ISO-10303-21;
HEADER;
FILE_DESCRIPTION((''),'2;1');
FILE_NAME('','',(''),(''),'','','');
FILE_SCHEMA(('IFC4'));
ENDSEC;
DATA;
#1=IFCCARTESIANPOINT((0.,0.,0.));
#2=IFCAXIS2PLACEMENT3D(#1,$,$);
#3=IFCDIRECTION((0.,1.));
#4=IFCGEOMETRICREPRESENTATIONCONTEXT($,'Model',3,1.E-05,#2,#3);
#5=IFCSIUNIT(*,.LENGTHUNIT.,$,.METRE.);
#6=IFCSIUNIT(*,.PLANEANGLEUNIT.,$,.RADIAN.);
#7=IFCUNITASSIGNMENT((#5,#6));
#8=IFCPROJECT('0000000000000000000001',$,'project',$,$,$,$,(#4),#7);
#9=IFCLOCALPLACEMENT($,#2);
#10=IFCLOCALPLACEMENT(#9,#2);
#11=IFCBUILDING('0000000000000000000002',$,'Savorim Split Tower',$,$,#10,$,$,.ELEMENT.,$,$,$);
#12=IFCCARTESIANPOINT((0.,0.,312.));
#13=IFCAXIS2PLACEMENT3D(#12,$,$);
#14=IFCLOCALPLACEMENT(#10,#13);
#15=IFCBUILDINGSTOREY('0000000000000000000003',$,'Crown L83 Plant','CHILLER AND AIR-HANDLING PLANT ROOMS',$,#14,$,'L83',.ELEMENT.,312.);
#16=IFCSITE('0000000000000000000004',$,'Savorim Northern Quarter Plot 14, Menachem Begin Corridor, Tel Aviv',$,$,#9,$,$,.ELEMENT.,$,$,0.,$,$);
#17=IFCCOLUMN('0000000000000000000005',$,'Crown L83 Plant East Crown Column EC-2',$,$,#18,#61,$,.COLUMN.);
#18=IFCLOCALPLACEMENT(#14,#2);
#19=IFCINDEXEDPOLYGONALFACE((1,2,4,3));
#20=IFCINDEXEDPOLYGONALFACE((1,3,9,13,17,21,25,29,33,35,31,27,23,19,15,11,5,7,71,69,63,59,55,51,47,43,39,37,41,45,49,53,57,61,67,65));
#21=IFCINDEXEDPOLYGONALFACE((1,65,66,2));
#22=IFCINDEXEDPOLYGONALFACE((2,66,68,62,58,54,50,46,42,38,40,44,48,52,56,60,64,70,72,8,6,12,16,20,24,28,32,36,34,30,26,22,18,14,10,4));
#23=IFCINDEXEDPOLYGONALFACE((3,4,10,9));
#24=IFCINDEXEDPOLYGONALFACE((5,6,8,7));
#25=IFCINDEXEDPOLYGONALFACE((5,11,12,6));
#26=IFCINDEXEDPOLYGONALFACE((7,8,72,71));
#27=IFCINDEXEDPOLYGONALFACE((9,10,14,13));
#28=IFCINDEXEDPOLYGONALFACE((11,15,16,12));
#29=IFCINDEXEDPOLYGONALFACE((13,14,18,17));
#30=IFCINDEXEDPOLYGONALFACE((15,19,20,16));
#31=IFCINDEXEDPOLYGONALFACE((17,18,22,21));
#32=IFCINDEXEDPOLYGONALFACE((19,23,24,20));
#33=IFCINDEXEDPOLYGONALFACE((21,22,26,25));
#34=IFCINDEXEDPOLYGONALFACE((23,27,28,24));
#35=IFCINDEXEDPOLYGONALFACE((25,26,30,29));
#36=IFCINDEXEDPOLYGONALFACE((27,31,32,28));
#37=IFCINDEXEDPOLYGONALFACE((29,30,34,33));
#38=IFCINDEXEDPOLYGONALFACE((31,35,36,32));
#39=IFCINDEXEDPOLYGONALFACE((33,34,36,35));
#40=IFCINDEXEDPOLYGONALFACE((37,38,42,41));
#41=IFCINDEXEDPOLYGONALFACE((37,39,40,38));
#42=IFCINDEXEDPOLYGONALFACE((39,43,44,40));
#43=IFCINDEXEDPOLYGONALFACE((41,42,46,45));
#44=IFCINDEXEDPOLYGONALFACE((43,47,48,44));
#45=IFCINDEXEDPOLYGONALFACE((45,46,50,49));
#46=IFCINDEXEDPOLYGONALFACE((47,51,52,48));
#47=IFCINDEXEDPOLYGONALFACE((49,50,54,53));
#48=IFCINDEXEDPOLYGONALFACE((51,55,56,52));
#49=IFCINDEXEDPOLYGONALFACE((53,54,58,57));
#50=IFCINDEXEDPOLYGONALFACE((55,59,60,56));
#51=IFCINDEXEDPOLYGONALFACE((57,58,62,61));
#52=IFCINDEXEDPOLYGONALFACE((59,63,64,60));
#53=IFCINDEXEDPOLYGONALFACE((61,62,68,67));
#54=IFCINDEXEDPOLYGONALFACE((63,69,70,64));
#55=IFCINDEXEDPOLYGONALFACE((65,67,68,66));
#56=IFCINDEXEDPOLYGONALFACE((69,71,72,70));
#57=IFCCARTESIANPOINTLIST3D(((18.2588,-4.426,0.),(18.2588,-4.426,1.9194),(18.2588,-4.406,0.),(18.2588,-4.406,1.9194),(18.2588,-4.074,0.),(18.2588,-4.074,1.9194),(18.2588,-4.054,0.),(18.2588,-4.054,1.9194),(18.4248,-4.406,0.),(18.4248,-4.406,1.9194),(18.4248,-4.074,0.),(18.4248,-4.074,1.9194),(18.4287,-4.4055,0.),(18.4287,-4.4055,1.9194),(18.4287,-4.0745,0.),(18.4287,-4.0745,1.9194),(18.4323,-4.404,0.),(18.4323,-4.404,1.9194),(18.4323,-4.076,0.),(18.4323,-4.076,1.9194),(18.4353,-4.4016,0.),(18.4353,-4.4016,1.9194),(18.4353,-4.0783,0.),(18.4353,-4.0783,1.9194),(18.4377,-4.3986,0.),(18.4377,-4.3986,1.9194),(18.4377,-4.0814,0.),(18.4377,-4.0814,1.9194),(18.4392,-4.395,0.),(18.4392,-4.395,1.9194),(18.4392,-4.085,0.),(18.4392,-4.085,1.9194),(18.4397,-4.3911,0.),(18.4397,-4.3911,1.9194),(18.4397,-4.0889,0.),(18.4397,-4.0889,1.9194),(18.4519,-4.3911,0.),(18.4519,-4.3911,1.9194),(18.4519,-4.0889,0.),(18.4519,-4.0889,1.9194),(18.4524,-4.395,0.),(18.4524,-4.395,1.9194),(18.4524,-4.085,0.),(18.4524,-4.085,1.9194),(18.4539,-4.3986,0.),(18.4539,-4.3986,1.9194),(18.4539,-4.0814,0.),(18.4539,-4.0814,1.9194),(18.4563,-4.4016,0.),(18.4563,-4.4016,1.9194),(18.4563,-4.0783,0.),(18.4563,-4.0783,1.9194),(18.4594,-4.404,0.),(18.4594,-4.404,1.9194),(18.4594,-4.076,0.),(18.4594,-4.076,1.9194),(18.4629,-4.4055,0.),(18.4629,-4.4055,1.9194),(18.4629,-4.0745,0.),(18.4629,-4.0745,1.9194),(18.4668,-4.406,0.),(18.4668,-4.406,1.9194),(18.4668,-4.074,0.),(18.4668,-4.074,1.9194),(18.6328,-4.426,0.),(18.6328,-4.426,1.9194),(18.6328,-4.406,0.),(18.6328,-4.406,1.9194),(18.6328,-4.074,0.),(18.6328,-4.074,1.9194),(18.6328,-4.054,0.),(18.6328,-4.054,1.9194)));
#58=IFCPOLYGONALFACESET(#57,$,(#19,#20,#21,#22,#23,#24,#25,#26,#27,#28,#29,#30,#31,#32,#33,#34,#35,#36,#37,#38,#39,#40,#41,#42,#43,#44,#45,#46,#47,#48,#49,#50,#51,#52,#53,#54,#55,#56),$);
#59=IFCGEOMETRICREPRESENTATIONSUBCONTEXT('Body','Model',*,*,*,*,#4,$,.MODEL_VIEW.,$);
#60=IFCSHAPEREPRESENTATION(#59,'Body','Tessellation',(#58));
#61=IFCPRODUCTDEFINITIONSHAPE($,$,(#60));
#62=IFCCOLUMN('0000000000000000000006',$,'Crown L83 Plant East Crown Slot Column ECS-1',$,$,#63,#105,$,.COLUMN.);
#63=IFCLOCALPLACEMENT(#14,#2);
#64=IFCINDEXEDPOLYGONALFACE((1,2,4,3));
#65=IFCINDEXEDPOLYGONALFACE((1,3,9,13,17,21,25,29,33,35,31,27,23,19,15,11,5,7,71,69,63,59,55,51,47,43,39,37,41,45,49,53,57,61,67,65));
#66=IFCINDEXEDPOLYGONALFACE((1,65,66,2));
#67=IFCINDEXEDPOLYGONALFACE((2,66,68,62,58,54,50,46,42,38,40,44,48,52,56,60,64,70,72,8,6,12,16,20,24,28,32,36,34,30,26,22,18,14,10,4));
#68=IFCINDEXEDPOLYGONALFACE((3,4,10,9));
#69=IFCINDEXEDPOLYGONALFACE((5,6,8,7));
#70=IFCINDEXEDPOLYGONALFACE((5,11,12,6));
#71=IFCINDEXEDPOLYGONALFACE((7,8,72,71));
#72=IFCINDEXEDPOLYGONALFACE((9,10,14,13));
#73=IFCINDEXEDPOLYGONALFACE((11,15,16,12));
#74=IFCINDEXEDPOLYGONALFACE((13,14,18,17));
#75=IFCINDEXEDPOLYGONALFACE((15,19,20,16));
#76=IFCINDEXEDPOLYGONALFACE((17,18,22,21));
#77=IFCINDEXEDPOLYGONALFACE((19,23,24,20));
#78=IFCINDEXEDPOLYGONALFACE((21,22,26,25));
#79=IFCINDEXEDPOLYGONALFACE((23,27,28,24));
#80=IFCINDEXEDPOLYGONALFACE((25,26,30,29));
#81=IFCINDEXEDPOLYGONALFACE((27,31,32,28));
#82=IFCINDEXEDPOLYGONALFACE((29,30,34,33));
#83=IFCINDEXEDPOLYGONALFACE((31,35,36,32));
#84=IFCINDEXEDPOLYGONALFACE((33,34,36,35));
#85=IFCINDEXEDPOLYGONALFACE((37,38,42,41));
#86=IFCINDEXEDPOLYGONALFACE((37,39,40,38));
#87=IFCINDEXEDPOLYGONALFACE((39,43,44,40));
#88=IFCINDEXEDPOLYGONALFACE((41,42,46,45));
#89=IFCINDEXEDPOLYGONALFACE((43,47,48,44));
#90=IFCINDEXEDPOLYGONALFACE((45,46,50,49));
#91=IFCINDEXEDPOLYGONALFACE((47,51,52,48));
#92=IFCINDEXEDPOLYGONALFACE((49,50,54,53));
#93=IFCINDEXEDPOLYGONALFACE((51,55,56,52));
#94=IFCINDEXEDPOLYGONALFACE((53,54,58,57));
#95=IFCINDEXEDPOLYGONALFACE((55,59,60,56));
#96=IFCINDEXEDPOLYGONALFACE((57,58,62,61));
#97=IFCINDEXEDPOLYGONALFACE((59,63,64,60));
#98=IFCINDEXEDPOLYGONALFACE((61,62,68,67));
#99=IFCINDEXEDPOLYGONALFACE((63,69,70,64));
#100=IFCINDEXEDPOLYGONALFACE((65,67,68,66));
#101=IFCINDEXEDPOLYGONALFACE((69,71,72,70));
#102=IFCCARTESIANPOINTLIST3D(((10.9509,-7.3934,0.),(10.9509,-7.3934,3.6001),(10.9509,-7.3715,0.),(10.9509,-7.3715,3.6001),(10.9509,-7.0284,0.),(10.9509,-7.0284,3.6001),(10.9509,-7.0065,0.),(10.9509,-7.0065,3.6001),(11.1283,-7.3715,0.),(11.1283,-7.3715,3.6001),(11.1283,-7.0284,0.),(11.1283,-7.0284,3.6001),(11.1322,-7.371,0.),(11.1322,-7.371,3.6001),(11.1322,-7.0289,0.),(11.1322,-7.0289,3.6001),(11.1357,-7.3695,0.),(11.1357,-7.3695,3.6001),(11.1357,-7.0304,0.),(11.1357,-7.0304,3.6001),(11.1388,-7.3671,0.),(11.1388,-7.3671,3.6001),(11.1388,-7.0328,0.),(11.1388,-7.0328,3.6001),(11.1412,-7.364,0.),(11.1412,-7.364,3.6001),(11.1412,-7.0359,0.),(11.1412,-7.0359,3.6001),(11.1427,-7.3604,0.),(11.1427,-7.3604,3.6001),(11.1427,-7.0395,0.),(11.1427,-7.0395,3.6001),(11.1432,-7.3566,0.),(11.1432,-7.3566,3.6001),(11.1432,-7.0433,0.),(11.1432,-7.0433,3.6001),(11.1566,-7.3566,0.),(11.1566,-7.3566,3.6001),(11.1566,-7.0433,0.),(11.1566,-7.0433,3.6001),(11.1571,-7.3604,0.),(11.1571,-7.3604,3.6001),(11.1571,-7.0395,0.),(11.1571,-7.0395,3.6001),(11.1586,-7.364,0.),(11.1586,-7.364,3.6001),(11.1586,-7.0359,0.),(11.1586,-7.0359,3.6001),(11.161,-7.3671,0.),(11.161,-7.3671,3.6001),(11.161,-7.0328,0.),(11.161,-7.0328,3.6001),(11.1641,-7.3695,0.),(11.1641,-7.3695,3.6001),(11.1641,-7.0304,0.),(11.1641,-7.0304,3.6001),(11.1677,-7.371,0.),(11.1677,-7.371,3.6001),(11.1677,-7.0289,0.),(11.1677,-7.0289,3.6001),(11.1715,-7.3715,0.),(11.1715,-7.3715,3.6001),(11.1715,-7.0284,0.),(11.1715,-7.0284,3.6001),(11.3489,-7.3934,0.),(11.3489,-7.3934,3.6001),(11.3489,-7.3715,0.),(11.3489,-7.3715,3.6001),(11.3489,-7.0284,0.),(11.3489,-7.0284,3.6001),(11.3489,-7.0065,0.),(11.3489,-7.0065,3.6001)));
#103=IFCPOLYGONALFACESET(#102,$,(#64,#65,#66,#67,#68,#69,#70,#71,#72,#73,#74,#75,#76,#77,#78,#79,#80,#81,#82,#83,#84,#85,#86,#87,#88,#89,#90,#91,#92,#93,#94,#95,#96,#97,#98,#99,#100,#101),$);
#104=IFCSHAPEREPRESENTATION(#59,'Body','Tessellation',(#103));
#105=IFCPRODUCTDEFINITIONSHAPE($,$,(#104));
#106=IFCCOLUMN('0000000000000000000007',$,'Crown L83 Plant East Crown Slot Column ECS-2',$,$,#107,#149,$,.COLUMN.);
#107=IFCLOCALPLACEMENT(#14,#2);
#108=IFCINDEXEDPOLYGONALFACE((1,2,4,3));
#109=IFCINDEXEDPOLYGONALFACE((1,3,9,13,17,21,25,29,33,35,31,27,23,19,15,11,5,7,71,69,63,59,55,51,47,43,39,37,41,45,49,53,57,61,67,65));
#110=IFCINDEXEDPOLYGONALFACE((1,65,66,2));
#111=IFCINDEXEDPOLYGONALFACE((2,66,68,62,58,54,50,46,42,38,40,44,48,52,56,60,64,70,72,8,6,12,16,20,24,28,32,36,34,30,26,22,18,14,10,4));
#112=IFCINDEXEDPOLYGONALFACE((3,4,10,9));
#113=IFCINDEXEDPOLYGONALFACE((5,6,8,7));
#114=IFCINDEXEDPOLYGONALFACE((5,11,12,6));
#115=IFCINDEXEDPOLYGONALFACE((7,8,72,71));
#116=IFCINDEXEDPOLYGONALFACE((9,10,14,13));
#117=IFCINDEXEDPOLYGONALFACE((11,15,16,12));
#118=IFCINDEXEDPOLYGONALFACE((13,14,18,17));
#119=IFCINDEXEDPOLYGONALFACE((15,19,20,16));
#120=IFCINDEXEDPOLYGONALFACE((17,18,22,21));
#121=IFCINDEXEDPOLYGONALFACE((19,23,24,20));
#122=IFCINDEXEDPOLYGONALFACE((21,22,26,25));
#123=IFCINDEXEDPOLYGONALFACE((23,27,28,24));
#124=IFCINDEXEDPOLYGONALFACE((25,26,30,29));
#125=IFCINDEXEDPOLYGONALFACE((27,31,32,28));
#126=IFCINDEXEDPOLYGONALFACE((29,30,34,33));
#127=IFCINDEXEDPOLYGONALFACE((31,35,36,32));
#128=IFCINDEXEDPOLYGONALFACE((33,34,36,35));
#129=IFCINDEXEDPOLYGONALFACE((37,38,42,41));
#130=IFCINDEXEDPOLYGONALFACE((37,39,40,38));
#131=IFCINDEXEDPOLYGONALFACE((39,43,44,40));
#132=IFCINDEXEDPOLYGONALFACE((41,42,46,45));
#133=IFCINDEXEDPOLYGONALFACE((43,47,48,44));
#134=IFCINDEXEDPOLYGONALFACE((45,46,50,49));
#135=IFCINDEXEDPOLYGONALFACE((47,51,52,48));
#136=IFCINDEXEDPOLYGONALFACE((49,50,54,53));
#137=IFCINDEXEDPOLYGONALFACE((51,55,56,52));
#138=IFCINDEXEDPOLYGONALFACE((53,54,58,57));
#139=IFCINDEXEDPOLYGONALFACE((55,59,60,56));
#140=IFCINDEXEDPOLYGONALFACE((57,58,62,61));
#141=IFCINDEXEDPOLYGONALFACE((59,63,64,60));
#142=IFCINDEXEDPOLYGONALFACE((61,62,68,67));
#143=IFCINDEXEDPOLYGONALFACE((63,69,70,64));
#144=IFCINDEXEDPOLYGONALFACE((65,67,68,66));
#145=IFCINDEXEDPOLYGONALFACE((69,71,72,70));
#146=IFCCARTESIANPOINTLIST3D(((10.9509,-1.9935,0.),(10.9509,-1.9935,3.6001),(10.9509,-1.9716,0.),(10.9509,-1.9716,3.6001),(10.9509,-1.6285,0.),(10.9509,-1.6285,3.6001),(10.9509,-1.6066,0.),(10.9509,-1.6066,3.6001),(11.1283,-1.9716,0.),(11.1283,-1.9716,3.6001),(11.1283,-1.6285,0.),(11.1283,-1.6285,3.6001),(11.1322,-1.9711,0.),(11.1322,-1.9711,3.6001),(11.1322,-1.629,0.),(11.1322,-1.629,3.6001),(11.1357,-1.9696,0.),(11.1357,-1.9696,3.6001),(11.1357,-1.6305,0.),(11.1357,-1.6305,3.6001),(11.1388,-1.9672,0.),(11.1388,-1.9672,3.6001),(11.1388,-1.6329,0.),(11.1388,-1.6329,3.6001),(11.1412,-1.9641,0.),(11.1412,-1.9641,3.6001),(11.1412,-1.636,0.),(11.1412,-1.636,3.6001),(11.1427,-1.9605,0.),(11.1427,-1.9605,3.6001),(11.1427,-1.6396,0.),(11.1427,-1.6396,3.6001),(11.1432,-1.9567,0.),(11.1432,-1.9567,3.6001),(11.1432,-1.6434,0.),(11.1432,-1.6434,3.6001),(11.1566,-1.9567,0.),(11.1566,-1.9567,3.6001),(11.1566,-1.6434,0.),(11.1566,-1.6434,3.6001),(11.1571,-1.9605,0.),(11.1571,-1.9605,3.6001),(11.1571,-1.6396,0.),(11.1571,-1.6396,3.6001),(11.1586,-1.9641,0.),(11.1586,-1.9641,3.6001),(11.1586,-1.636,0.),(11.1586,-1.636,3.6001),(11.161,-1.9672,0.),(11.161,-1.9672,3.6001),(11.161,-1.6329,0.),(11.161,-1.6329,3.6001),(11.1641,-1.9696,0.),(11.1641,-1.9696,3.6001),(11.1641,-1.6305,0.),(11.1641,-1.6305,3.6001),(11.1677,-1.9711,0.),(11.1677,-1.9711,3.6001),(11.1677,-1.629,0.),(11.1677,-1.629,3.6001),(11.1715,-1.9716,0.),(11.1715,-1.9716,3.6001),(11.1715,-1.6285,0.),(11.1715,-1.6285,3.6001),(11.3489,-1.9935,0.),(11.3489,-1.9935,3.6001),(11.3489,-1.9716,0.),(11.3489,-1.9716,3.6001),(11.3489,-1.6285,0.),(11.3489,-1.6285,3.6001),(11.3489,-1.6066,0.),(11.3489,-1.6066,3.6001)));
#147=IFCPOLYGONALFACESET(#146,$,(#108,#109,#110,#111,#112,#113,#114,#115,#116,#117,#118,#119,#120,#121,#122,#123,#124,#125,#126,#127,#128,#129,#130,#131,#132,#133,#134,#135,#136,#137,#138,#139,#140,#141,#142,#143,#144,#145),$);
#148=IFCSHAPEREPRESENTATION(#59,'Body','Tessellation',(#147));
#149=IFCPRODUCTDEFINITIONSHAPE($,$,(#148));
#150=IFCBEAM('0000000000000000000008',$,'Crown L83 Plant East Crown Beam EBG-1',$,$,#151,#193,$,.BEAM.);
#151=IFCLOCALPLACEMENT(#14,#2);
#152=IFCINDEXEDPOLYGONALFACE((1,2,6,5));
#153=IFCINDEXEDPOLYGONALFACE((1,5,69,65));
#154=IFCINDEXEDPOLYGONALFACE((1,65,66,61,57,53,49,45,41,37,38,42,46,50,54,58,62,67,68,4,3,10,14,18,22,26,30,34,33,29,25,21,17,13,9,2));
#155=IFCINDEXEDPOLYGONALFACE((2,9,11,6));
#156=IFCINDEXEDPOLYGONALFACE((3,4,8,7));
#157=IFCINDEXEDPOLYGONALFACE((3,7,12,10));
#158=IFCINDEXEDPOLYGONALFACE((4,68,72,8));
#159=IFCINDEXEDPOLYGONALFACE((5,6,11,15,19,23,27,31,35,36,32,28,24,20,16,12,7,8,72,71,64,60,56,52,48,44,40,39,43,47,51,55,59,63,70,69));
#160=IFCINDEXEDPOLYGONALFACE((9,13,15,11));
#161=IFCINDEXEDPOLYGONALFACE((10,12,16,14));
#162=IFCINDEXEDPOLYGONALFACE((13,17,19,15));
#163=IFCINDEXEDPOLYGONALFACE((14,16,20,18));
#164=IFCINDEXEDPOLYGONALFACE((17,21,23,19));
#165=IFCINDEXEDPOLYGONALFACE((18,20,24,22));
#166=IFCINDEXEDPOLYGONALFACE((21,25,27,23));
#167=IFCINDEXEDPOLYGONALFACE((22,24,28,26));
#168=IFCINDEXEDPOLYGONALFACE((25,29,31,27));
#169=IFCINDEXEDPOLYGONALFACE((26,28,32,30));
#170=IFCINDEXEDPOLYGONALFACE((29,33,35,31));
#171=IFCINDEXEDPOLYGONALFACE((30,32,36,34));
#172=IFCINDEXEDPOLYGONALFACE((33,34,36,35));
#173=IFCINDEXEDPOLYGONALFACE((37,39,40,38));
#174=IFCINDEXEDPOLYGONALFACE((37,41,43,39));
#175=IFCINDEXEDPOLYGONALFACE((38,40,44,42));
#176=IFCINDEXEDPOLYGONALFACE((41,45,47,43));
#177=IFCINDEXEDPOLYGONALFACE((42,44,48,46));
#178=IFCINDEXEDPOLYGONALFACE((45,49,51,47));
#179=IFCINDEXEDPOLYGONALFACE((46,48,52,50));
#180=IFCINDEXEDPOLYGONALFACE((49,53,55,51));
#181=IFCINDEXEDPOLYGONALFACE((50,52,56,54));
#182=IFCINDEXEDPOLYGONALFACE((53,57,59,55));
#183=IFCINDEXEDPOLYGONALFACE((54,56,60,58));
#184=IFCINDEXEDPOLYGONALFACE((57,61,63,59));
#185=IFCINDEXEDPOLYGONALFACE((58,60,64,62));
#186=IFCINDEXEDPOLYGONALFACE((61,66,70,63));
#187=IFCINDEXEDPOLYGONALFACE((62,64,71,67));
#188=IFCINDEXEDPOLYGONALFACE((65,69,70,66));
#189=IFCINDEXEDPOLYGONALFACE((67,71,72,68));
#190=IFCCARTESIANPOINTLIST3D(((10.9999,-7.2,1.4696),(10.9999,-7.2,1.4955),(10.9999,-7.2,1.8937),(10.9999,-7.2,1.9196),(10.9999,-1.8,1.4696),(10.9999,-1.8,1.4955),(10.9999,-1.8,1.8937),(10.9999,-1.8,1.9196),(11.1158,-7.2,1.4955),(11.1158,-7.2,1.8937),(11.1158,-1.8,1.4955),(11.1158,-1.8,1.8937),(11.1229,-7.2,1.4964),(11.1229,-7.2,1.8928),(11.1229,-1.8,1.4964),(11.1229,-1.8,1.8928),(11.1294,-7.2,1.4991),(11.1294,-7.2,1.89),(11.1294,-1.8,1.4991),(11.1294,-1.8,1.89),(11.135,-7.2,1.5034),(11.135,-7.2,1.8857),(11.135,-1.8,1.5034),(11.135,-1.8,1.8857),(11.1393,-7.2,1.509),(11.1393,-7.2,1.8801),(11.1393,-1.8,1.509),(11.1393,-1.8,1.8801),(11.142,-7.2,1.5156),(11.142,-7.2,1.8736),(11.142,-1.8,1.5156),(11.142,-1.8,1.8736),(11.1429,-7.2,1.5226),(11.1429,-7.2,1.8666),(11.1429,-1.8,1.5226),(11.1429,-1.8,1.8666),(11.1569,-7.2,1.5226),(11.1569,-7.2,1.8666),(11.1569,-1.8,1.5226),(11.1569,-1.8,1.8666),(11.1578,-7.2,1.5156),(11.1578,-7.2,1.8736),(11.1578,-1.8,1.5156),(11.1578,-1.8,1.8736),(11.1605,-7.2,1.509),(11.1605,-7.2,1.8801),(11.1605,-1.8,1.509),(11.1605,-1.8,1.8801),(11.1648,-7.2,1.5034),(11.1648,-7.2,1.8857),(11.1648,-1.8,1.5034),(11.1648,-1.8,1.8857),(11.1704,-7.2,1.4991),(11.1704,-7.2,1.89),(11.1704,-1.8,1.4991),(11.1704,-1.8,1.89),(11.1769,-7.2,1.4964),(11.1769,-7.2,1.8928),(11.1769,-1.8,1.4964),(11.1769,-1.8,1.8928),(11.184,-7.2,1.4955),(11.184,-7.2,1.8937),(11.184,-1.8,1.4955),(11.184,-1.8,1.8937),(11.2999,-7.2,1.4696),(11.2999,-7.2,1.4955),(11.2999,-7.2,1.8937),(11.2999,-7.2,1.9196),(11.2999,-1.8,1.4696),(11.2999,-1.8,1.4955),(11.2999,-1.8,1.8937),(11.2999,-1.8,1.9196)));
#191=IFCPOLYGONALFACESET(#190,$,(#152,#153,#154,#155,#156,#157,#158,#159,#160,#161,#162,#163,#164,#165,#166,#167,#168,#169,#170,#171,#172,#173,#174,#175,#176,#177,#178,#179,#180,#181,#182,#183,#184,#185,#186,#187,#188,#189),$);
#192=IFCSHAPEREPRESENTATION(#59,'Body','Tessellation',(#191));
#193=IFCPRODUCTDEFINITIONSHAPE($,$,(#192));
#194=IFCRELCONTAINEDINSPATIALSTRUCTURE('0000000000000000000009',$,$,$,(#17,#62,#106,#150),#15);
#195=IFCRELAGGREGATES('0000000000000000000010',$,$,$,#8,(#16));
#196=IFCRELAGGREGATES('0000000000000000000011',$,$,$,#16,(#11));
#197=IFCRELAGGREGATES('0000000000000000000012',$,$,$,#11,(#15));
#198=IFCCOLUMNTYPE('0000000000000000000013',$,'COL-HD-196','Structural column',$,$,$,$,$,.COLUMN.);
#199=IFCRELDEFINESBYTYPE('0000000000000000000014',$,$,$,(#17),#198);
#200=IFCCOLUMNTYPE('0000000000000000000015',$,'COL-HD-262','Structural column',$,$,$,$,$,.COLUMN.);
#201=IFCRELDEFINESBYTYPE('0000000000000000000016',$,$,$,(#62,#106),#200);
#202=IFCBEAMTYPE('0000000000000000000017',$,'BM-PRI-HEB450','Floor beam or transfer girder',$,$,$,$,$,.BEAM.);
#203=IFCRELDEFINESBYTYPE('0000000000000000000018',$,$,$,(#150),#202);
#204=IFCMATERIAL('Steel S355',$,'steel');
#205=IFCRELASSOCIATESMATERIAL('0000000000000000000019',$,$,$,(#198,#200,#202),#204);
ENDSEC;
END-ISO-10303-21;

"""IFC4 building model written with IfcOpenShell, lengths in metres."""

from ifc_helpers import new_model, si_unit, direction, frame, origin, origin_2d, place, context, subcontext, project, spatial, i_section, extrude, material, material_profile, profile_set, type_object, element, save


model = new_model("IFC4")

# Units and contexts
model_context = context("Model", 3, precision=1e-05, world=origin(), true_north=direction((0.0, 1.0)))
body_context = subcontext(model_context, "Body", "Model", "MODEL_VIEW")
ifc_project = project(units=[si_unit("LENGTHUNIT", "METRE"), si_unit("PLANEANGLEUNIT", "RADIAN")], contexts=[model_context])

# Site, building, storey
site_placement = place(None, origin())
site = spatial("IfcSite", under=ifc_project, at=site_placement, Name="Savorim Northern Quarter Plot 14, Menachem Begin Corridor, Tel Aviv", CompositionType="ELEMENT", RefElevation=0.0)
building_placement = place(site_placement, origin())
building = spatial("IfcBuilding", under=site, at=building_placement, Name="Savorim Split Tower", CompositionType="ELEMENT")
storey_placement = place(building_placement, frame((0.0, 0.0, 312.0)))
storey = spatial("IfcBuildingStorey", under=building, at=storey_placement, Name="Crown L83 Plant", Description="CHILLER AND AIR-HANDLING PLANT ROOMS", LongName="L83", CompositionType="ELEMENT", Elevation=312.0)

# Columns
ifc_material_1 = material(Name="Steel S355", Category="steel")
ifc_material_profile_1 = material_profile(ifc_material_1, i_section(OverallWidth=0.374, OverallDepth=0.3721, WebThickness=0.0122, FlangeThickness=0.02, FilletRadius=0.0149, at=origin_2d()), Name="HD 360x196")
ifc_profile_set_1 = profile_set([ifc_material_profile_1], Name="Steel S355")
column_type_1 = type_object("IfcColumnType", Name="COL-HD-196", Description="Structural column", PredefinedType="COLUMN", material=ifc_profile_set_1)
column_placement = place(storey_placement, frame((18.4458, -4.24, 0.0), z_axis=(0.0, 0.0, 1.0), x_axis=(1.0, 0.0, 0.0)))
element("IfcColumn", 1, at=column_placement, inside=storey, type_object=column_type_1, Name="Crown L83 Plant East Crown Column EC-2", PredefinedType="COLUMN", context=body_context, shape_type="SweptSolid", body=[
    extrude(i_section(OverallWidth=0.374, OverallDepth=0.3721, WebThickness=0.0122, FlangeThickness=0.02, FilletRadius=0.0149, at=origin_2d()), origin(), (0.0, 0.0, 1.0), 1.9194),
])
ifc_material_profile_2 = material_profile(ifc_material_1, i_section(OverallWidth=0.3979, OverallDepth=0.387, WebThickness=0.0134, FlangeThickness=0.022, FilletRadius=0.0149, at=origin_2d()), Name="HD 400x262")
ifc_profile_set_2 = profile_set([ifc_material_profile_2], Name="Steel S355")
column_type_2 = type_object("IfcColumnType", Name="COL-HD-262", Description="Structural column", PredefinedType="COLUMN", material=ifc_profile_set_2)
for number, where, z_axis, x_axis, name in (
    (2, (11.1499, -7.2, 0.0), (0.0, 0.0, 1.0), (1.0, 0.0, 0.0), "Crown L83 Plant East Crown Slot Column ECS-1"),
    (3, (11.1499, -1.8, 0.0), (0.0, 0.0, 1.0), (1.0, 0.0, 0.0), "Crown L83 Plant East Crown Slot Column ECS-2"),
):
    element("IfcColumn", number, at=place(storey_placement, frame(where, z_axis=z_axis, x_axis=x_axis)), inside=storey, type_object=column_type_2, Name=name, PredefinedType="COLUMN", context=body_context, shape_type="SweptSolid", body=[
        extrude(i_section(OverallWidth=0.3979, OverallDepth=0.387, WebThickness=0.0134, FlangeThickness=0.022, FilletRadius=0.0149, at=origin_2d()), origin(), (0.0, 0.0, 1.0), 3.6001),
    ])

# Beam
ifc_material_profile_3 = material_profile(ifc_material_1, i_section(OverallWidth=0.3, OverallDepth=0.45, WebThickness=0.0139, FlangeThickness=0.0259, FilletRadius=0.0271, at=origin_2d()), Name="HEB 450")
ifc_profile_set_3 = profile_set([ifc_material_profile_3], Name="Steel S355")
beam_type = type_object("IfcBeamType", Name="BM-PRI-HEB450", Description="Floor beam or transfer girder", PredefinedType="BEAM", material=ifc_profile_set_3)
beam_1_placement = place(storey_placement, frame((11.1499, -1.8, 1.6946), z_axis=(0.0, -1.0, 0.0), x_axis=(1.0, 0.0, 0.0)))
element("IfcBeam", 4, at=beam_1_placement, inside=storey, type_object=beam_type, Name="Crown L83 Plant East Crown Beam EBG-1", PredefinedType="BEAM", context=body_context, shape_type="SweptSolid", body=[
    extrude(i_section(OverallWidth=0.3, OverallDepth=0.45, WebThickness=0.0139, FlangeThickness=0.0259, FilletRadius=0.0271, at=origin_2d()), origin(), (0.0, 0.0, 1.0), 5.3999),
])

save(model, "model.ifc")
